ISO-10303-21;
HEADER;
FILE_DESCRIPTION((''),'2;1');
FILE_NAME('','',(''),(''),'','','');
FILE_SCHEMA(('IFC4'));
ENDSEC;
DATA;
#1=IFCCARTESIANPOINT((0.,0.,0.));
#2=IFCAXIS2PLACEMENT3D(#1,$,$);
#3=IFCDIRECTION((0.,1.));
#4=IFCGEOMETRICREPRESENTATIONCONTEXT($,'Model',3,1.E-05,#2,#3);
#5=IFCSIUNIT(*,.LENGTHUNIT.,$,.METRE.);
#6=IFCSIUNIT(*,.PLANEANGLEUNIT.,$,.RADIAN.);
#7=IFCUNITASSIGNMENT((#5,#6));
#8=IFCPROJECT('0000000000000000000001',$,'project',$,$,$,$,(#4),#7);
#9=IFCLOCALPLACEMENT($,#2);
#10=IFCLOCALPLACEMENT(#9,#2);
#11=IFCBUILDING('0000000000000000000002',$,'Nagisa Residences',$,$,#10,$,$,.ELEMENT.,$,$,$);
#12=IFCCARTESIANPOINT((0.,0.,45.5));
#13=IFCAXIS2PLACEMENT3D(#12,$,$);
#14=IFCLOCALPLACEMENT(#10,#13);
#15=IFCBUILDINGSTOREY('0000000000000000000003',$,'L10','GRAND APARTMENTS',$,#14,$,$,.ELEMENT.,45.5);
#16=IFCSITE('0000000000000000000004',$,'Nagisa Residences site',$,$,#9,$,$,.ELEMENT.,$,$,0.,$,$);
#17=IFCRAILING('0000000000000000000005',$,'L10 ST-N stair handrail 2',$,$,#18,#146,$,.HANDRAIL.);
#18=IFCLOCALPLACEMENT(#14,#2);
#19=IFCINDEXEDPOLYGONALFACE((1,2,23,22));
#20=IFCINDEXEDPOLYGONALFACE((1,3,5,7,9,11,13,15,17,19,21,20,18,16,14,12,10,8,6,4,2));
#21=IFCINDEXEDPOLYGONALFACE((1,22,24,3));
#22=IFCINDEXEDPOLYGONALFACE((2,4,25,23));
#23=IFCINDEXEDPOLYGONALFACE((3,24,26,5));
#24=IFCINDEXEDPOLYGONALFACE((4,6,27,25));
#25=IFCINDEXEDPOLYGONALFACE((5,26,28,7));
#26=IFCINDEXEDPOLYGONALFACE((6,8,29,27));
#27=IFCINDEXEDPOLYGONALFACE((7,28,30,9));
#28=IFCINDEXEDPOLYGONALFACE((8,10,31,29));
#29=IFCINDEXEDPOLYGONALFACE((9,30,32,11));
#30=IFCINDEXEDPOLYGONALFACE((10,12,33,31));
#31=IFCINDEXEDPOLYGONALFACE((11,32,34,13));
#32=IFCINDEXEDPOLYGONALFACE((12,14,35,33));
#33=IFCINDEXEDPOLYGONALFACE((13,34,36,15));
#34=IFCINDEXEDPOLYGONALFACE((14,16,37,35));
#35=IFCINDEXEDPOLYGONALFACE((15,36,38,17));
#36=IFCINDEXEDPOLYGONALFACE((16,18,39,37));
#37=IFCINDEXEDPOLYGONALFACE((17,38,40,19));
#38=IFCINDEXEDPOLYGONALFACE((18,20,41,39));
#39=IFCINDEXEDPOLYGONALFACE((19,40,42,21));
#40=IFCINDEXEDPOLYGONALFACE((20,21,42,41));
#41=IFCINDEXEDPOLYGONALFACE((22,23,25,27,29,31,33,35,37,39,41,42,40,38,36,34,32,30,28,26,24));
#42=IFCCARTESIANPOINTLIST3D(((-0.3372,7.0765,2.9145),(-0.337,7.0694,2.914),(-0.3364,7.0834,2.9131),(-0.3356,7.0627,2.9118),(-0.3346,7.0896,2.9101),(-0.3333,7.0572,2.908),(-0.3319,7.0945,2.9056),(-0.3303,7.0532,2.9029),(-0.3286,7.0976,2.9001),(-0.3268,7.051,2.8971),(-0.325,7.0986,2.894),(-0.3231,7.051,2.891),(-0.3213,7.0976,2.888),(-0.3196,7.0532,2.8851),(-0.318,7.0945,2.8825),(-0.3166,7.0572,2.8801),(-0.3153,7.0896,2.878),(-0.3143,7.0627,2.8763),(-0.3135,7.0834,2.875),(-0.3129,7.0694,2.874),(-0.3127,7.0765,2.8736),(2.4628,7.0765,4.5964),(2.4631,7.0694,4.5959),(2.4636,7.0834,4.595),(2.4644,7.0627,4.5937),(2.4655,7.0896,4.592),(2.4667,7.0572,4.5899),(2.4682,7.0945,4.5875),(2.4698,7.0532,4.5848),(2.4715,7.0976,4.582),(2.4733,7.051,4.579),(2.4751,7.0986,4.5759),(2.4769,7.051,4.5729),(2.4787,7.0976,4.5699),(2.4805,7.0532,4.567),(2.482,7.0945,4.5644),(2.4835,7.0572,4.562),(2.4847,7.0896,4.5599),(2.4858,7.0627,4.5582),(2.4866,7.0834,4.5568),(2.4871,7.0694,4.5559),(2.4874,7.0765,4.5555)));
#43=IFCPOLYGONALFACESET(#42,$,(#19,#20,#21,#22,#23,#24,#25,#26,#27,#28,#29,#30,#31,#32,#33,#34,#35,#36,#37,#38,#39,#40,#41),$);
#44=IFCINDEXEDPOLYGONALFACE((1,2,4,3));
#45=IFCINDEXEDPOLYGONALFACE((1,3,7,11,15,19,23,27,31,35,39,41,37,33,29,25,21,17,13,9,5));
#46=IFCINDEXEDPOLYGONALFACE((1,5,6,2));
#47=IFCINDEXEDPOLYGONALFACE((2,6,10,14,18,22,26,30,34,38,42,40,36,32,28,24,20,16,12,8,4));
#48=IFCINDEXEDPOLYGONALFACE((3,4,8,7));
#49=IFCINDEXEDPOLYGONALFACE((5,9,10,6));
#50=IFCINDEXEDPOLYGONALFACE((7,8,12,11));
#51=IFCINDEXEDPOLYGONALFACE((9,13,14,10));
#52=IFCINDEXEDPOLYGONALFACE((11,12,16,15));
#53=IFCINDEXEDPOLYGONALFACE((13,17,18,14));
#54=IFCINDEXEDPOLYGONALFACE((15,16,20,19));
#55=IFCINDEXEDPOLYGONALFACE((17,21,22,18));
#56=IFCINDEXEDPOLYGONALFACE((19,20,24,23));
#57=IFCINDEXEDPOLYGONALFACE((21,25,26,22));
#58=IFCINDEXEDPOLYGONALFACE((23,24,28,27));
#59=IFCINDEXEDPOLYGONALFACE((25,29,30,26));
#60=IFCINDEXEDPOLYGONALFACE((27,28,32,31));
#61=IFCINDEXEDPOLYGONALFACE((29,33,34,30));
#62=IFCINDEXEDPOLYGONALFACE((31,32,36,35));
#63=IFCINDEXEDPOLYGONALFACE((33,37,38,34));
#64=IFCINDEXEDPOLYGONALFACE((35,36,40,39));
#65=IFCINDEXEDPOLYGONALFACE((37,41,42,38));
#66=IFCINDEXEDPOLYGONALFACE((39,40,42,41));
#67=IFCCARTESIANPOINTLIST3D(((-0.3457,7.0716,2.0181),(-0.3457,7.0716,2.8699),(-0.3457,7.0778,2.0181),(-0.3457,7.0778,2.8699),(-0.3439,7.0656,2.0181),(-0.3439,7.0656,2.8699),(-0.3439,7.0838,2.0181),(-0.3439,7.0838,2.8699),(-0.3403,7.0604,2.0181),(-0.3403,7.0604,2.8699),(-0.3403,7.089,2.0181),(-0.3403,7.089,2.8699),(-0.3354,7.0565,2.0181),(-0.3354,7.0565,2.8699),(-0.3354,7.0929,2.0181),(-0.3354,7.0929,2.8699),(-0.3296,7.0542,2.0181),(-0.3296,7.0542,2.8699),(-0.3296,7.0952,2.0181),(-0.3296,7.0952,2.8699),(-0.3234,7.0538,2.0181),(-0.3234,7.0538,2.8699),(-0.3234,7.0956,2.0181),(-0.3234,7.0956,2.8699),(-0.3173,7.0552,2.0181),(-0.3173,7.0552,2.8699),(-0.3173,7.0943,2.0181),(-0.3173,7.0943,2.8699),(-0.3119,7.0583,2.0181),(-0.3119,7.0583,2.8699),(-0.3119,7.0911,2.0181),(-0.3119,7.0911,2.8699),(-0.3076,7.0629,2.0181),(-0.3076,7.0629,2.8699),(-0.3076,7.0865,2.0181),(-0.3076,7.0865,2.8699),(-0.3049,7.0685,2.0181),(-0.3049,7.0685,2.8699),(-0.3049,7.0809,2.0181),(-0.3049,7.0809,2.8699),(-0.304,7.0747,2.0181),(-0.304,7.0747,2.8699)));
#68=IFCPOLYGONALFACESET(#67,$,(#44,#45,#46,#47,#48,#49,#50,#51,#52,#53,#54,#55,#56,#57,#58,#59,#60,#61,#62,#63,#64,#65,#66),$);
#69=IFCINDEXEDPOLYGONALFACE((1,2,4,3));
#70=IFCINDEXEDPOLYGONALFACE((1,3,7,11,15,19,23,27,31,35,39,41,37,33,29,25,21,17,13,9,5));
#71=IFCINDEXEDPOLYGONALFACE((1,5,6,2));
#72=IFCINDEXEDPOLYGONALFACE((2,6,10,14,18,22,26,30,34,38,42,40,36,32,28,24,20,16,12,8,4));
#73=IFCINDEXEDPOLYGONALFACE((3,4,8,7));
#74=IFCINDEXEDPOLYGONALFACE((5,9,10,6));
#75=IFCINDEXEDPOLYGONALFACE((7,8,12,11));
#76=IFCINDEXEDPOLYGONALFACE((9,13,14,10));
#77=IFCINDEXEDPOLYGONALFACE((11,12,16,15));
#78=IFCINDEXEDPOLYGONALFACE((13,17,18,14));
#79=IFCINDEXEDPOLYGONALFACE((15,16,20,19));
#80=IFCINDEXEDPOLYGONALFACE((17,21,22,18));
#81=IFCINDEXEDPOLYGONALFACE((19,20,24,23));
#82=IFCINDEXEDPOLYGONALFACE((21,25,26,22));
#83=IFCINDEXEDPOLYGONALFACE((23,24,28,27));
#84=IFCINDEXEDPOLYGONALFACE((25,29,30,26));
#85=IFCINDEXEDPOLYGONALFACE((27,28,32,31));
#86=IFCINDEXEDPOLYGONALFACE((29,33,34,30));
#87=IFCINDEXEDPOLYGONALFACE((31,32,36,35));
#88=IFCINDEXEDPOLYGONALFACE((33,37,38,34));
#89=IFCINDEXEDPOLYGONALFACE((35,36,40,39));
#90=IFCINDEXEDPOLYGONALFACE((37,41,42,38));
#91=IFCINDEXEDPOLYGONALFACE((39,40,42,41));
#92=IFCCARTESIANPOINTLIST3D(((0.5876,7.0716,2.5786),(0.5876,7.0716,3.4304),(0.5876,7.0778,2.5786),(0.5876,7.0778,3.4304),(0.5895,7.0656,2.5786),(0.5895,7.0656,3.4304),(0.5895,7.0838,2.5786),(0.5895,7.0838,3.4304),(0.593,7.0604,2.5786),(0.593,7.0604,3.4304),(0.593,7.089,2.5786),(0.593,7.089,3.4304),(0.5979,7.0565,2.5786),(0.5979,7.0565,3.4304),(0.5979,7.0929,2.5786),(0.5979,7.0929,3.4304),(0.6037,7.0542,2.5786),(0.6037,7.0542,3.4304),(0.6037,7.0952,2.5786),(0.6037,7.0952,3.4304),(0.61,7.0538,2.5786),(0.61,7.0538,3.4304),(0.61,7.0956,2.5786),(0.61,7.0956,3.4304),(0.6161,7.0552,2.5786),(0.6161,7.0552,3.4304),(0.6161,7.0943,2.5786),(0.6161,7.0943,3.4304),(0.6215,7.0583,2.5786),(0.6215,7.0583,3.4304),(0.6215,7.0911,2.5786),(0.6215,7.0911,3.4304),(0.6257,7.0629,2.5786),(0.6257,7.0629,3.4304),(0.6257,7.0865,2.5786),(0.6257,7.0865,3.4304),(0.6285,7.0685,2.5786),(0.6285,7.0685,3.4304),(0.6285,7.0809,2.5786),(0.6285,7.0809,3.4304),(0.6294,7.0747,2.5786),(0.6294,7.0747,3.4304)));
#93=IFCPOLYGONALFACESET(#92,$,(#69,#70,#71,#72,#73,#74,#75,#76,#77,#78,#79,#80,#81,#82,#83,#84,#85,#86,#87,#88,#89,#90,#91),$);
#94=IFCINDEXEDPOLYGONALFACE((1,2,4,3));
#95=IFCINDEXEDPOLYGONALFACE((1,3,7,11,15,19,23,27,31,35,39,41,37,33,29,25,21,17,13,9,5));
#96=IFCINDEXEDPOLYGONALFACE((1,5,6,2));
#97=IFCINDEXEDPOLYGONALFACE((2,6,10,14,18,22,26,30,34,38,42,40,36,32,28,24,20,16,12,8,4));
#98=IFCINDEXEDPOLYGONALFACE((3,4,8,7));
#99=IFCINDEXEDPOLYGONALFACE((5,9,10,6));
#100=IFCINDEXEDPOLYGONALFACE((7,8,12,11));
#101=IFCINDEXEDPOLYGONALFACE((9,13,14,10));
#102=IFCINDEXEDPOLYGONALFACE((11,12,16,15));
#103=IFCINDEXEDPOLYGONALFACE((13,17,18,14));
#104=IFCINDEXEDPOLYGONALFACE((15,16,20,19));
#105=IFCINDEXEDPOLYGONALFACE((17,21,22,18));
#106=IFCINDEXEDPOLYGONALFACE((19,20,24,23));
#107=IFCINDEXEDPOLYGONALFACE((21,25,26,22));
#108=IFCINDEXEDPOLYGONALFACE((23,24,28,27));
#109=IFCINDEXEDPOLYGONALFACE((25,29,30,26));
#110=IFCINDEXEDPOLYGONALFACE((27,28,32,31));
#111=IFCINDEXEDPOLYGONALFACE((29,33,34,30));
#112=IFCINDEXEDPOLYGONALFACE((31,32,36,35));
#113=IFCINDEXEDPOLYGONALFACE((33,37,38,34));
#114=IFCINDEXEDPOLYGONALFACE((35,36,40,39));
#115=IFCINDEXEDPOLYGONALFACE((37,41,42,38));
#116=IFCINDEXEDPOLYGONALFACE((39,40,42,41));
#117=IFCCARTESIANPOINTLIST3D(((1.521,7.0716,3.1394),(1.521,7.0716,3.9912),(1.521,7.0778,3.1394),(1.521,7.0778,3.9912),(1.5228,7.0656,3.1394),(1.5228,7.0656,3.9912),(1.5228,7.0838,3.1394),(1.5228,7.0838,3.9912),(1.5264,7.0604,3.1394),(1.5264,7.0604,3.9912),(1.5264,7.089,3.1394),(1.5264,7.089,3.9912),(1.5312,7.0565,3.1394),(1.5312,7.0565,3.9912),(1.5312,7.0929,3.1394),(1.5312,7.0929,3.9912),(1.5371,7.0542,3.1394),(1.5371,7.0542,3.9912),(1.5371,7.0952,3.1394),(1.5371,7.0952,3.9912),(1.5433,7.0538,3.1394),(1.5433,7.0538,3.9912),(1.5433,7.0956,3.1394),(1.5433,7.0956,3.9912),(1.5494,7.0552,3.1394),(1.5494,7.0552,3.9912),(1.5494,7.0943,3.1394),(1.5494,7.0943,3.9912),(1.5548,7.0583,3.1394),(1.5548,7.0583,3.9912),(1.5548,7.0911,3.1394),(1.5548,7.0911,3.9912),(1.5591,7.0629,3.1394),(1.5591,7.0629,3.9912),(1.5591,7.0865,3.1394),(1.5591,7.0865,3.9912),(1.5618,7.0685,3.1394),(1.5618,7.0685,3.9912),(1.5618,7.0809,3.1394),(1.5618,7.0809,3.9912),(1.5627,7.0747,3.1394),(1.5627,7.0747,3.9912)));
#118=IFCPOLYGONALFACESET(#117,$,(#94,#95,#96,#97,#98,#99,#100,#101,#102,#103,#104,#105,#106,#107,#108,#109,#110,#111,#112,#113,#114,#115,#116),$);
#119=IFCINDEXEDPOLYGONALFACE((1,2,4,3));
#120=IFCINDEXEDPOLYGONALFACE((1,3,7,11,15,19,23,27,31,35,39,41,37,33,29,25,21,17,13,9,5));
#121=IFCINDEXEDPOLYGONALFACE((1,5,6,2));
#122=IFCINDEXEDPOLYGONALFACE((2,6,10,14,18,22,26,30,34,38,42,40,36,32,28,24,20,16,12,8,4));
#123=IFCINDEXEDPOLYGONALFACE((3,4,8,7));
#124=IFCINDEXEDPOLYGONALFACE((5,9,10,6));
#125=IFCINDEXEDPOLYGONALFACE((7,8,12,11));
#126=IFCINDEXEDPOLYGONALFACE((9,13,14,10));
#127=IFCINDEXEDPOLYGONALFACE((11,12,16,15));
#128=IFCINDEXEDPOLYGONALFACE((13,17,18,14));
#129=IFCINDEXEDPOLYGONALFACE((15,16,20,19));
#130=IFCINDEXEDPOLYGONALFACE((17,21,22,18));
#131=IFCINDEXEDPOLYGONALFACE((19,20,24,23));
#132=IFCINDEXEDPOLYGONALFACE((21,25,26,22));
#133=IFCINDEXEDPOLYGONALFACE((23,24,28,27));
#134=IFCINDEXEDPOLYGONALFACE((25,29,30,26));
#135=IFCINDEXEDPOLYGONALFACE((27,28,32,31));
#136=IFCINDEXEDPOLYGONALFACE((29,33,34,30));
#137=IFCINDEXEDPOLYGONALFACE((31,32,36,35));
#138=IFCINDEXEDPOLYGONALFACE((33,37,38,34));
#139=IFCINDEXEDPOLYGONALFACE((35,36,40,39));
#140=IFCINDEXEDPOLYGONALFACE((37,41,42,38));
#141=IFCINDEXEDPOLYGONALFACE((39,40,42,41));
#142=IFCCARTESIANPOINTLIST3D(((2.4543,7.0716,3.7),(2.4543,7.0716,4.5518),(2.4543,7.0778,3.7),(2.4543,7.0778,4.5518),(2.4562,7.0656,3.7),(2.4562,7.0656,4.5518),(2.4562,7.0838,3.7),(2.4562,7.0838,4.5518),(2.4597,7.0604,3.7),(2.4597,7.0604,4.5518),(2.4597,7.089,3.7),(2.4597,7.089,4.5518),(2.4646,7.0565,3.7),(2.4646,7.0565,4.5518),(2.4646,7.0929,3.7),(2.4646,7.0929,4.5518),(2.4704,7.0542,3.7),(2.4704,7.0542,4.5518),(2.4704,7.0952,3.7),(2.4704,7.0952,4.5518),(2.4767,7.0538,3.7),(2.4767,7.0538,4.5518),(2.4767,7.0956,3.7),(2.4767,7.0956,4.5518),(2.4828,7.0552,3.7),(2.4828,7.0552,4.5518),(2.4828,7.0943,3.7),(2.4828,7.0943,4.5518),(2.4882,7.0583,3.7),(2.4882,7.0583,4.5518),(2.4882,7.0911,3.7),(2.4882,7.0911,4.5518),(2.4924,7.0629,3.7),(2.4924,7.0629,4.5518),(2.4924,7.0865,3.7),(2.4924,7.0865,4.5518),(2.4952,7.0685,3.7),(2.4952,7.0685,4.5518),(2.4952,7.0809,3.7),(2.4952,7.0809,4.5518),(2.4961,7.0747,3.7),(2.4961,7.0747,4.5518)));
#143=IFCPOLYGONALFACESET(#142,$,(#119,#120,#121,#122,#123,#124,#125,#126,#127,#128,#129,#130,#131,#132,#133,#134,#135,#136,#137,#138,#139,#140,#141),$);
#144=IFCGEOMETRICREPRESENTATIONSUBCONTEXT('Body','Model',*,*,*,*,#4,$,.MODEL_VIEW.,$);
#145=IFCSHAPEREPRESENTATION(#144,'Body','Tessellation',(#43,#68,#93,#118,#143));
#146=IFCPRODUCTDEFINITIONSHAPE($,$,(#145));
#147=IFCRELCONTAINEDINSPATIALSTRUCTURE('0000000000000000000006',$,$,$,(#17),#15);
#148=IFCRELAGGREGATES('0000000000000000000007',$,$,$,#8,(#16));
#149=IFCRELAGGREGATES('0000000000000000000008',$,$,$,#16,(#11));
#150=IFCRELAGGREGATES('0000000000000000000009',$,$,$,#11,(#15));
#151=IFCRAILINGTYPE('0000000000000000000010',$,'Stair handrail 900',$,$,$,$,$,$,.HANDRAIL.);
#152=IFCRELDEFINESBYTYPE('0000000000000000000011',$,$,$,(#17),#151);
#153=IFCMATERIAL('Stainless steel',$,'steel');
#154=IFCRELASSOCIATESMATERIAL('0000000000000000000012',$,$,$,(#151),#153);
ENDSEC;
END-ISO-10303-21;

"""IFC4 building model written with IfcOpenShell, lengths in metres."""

from ifc_helpers import new_model, si_unit, direction, frame, origin, origin_2d, place, context, subcontext, project, spatial, circle, extrude, material, type_object, element, save


model = new_model("IFC4")

# Units and contexts
model_context = context("Model", 3, precision=1e-05, world=origin(), true_north=direction((0.0, 1.0)))
body_context = subcontext(model_context, "Body", "Model", "MODEL_VIEW")
ifc_project = project(units=[si_unit("LENGTHUNIT", "METRE"), si_unit("PLANEANGLEUNIT", "RADIAN")], contexts=[model_context])

# Site, building, storey
site_placement = place(None, origin())
site = spatial("IfcSite", under=ifc_project, at=site_placement, Name="Nagisa Residences site", CompositionType="ELEMENT", RefElevation=0.0)
building_placement = place(site_placement, origin())
building = spatial("IfcBuilding", under=site, at=building_placement, Name="Nagisa Residences", CompositionType="ELEMENT")
storey_placement = place(building_placement, frame((0.0, 0.0, 45.5)))
storey = spatial("IfcBuildingStorey", under=building, at=storey_placement, Name="L10", Description="GRAND APARTMENTS", CompositionType="ELEMENT", Elevation=45.5)

# Railing
ifc_material_1 = material(Name="Stainless steel", Category="steel")
railing_type = type_object("IfcRailingType", Name="Stair handrail 900", PredefinedType="HANDRAIL", material=ifc_material_1)
railing_placement = place(storey_placement, frame((-0.325, 7.0747, 2.0181)))
element("IfcRailing", 1, at=railing_placement, inside=storey, type_object=railing_type, Name="L10 ST-N stair handrail 2", PredefinedType="HANDRAIL", context=body_context, shape_type="SweptSolid", body=[
    extrude(circle(Radius=0.0239, at=origin_2d()), frame((0.0, 0.0, 0.876), z_axis=(0.857242, 0.0, 0.514913), x_axis=(0.0, 1.0, 0.0)), (0.0, 0.0, 1.0), 3.2664),
    extrude(circle(Radius=0.021, at=origin_2d()), origin(), (0.0, 0.0, 1.0), 0.8518),
    extrude(circle(Radius=0.021, at=origin_2d()), frame((0.9333, 0.0, 0.5605)), (0.0, 0.0, 1.0), 0.8518),
    extrude(circle(Radius=0.021, at=origin_2d()), frame((1.8667, 0.0, 1.1213)), (0.0, 0.0, 1.0), 0.8518),
    extrude(circle(Radius=0.021, at=origin_2d()), frame((2.8, 0.0, 1.6819)), (0.0, 0.0, 1.0), 0.8518),
])

save(model, "model.ifc")
